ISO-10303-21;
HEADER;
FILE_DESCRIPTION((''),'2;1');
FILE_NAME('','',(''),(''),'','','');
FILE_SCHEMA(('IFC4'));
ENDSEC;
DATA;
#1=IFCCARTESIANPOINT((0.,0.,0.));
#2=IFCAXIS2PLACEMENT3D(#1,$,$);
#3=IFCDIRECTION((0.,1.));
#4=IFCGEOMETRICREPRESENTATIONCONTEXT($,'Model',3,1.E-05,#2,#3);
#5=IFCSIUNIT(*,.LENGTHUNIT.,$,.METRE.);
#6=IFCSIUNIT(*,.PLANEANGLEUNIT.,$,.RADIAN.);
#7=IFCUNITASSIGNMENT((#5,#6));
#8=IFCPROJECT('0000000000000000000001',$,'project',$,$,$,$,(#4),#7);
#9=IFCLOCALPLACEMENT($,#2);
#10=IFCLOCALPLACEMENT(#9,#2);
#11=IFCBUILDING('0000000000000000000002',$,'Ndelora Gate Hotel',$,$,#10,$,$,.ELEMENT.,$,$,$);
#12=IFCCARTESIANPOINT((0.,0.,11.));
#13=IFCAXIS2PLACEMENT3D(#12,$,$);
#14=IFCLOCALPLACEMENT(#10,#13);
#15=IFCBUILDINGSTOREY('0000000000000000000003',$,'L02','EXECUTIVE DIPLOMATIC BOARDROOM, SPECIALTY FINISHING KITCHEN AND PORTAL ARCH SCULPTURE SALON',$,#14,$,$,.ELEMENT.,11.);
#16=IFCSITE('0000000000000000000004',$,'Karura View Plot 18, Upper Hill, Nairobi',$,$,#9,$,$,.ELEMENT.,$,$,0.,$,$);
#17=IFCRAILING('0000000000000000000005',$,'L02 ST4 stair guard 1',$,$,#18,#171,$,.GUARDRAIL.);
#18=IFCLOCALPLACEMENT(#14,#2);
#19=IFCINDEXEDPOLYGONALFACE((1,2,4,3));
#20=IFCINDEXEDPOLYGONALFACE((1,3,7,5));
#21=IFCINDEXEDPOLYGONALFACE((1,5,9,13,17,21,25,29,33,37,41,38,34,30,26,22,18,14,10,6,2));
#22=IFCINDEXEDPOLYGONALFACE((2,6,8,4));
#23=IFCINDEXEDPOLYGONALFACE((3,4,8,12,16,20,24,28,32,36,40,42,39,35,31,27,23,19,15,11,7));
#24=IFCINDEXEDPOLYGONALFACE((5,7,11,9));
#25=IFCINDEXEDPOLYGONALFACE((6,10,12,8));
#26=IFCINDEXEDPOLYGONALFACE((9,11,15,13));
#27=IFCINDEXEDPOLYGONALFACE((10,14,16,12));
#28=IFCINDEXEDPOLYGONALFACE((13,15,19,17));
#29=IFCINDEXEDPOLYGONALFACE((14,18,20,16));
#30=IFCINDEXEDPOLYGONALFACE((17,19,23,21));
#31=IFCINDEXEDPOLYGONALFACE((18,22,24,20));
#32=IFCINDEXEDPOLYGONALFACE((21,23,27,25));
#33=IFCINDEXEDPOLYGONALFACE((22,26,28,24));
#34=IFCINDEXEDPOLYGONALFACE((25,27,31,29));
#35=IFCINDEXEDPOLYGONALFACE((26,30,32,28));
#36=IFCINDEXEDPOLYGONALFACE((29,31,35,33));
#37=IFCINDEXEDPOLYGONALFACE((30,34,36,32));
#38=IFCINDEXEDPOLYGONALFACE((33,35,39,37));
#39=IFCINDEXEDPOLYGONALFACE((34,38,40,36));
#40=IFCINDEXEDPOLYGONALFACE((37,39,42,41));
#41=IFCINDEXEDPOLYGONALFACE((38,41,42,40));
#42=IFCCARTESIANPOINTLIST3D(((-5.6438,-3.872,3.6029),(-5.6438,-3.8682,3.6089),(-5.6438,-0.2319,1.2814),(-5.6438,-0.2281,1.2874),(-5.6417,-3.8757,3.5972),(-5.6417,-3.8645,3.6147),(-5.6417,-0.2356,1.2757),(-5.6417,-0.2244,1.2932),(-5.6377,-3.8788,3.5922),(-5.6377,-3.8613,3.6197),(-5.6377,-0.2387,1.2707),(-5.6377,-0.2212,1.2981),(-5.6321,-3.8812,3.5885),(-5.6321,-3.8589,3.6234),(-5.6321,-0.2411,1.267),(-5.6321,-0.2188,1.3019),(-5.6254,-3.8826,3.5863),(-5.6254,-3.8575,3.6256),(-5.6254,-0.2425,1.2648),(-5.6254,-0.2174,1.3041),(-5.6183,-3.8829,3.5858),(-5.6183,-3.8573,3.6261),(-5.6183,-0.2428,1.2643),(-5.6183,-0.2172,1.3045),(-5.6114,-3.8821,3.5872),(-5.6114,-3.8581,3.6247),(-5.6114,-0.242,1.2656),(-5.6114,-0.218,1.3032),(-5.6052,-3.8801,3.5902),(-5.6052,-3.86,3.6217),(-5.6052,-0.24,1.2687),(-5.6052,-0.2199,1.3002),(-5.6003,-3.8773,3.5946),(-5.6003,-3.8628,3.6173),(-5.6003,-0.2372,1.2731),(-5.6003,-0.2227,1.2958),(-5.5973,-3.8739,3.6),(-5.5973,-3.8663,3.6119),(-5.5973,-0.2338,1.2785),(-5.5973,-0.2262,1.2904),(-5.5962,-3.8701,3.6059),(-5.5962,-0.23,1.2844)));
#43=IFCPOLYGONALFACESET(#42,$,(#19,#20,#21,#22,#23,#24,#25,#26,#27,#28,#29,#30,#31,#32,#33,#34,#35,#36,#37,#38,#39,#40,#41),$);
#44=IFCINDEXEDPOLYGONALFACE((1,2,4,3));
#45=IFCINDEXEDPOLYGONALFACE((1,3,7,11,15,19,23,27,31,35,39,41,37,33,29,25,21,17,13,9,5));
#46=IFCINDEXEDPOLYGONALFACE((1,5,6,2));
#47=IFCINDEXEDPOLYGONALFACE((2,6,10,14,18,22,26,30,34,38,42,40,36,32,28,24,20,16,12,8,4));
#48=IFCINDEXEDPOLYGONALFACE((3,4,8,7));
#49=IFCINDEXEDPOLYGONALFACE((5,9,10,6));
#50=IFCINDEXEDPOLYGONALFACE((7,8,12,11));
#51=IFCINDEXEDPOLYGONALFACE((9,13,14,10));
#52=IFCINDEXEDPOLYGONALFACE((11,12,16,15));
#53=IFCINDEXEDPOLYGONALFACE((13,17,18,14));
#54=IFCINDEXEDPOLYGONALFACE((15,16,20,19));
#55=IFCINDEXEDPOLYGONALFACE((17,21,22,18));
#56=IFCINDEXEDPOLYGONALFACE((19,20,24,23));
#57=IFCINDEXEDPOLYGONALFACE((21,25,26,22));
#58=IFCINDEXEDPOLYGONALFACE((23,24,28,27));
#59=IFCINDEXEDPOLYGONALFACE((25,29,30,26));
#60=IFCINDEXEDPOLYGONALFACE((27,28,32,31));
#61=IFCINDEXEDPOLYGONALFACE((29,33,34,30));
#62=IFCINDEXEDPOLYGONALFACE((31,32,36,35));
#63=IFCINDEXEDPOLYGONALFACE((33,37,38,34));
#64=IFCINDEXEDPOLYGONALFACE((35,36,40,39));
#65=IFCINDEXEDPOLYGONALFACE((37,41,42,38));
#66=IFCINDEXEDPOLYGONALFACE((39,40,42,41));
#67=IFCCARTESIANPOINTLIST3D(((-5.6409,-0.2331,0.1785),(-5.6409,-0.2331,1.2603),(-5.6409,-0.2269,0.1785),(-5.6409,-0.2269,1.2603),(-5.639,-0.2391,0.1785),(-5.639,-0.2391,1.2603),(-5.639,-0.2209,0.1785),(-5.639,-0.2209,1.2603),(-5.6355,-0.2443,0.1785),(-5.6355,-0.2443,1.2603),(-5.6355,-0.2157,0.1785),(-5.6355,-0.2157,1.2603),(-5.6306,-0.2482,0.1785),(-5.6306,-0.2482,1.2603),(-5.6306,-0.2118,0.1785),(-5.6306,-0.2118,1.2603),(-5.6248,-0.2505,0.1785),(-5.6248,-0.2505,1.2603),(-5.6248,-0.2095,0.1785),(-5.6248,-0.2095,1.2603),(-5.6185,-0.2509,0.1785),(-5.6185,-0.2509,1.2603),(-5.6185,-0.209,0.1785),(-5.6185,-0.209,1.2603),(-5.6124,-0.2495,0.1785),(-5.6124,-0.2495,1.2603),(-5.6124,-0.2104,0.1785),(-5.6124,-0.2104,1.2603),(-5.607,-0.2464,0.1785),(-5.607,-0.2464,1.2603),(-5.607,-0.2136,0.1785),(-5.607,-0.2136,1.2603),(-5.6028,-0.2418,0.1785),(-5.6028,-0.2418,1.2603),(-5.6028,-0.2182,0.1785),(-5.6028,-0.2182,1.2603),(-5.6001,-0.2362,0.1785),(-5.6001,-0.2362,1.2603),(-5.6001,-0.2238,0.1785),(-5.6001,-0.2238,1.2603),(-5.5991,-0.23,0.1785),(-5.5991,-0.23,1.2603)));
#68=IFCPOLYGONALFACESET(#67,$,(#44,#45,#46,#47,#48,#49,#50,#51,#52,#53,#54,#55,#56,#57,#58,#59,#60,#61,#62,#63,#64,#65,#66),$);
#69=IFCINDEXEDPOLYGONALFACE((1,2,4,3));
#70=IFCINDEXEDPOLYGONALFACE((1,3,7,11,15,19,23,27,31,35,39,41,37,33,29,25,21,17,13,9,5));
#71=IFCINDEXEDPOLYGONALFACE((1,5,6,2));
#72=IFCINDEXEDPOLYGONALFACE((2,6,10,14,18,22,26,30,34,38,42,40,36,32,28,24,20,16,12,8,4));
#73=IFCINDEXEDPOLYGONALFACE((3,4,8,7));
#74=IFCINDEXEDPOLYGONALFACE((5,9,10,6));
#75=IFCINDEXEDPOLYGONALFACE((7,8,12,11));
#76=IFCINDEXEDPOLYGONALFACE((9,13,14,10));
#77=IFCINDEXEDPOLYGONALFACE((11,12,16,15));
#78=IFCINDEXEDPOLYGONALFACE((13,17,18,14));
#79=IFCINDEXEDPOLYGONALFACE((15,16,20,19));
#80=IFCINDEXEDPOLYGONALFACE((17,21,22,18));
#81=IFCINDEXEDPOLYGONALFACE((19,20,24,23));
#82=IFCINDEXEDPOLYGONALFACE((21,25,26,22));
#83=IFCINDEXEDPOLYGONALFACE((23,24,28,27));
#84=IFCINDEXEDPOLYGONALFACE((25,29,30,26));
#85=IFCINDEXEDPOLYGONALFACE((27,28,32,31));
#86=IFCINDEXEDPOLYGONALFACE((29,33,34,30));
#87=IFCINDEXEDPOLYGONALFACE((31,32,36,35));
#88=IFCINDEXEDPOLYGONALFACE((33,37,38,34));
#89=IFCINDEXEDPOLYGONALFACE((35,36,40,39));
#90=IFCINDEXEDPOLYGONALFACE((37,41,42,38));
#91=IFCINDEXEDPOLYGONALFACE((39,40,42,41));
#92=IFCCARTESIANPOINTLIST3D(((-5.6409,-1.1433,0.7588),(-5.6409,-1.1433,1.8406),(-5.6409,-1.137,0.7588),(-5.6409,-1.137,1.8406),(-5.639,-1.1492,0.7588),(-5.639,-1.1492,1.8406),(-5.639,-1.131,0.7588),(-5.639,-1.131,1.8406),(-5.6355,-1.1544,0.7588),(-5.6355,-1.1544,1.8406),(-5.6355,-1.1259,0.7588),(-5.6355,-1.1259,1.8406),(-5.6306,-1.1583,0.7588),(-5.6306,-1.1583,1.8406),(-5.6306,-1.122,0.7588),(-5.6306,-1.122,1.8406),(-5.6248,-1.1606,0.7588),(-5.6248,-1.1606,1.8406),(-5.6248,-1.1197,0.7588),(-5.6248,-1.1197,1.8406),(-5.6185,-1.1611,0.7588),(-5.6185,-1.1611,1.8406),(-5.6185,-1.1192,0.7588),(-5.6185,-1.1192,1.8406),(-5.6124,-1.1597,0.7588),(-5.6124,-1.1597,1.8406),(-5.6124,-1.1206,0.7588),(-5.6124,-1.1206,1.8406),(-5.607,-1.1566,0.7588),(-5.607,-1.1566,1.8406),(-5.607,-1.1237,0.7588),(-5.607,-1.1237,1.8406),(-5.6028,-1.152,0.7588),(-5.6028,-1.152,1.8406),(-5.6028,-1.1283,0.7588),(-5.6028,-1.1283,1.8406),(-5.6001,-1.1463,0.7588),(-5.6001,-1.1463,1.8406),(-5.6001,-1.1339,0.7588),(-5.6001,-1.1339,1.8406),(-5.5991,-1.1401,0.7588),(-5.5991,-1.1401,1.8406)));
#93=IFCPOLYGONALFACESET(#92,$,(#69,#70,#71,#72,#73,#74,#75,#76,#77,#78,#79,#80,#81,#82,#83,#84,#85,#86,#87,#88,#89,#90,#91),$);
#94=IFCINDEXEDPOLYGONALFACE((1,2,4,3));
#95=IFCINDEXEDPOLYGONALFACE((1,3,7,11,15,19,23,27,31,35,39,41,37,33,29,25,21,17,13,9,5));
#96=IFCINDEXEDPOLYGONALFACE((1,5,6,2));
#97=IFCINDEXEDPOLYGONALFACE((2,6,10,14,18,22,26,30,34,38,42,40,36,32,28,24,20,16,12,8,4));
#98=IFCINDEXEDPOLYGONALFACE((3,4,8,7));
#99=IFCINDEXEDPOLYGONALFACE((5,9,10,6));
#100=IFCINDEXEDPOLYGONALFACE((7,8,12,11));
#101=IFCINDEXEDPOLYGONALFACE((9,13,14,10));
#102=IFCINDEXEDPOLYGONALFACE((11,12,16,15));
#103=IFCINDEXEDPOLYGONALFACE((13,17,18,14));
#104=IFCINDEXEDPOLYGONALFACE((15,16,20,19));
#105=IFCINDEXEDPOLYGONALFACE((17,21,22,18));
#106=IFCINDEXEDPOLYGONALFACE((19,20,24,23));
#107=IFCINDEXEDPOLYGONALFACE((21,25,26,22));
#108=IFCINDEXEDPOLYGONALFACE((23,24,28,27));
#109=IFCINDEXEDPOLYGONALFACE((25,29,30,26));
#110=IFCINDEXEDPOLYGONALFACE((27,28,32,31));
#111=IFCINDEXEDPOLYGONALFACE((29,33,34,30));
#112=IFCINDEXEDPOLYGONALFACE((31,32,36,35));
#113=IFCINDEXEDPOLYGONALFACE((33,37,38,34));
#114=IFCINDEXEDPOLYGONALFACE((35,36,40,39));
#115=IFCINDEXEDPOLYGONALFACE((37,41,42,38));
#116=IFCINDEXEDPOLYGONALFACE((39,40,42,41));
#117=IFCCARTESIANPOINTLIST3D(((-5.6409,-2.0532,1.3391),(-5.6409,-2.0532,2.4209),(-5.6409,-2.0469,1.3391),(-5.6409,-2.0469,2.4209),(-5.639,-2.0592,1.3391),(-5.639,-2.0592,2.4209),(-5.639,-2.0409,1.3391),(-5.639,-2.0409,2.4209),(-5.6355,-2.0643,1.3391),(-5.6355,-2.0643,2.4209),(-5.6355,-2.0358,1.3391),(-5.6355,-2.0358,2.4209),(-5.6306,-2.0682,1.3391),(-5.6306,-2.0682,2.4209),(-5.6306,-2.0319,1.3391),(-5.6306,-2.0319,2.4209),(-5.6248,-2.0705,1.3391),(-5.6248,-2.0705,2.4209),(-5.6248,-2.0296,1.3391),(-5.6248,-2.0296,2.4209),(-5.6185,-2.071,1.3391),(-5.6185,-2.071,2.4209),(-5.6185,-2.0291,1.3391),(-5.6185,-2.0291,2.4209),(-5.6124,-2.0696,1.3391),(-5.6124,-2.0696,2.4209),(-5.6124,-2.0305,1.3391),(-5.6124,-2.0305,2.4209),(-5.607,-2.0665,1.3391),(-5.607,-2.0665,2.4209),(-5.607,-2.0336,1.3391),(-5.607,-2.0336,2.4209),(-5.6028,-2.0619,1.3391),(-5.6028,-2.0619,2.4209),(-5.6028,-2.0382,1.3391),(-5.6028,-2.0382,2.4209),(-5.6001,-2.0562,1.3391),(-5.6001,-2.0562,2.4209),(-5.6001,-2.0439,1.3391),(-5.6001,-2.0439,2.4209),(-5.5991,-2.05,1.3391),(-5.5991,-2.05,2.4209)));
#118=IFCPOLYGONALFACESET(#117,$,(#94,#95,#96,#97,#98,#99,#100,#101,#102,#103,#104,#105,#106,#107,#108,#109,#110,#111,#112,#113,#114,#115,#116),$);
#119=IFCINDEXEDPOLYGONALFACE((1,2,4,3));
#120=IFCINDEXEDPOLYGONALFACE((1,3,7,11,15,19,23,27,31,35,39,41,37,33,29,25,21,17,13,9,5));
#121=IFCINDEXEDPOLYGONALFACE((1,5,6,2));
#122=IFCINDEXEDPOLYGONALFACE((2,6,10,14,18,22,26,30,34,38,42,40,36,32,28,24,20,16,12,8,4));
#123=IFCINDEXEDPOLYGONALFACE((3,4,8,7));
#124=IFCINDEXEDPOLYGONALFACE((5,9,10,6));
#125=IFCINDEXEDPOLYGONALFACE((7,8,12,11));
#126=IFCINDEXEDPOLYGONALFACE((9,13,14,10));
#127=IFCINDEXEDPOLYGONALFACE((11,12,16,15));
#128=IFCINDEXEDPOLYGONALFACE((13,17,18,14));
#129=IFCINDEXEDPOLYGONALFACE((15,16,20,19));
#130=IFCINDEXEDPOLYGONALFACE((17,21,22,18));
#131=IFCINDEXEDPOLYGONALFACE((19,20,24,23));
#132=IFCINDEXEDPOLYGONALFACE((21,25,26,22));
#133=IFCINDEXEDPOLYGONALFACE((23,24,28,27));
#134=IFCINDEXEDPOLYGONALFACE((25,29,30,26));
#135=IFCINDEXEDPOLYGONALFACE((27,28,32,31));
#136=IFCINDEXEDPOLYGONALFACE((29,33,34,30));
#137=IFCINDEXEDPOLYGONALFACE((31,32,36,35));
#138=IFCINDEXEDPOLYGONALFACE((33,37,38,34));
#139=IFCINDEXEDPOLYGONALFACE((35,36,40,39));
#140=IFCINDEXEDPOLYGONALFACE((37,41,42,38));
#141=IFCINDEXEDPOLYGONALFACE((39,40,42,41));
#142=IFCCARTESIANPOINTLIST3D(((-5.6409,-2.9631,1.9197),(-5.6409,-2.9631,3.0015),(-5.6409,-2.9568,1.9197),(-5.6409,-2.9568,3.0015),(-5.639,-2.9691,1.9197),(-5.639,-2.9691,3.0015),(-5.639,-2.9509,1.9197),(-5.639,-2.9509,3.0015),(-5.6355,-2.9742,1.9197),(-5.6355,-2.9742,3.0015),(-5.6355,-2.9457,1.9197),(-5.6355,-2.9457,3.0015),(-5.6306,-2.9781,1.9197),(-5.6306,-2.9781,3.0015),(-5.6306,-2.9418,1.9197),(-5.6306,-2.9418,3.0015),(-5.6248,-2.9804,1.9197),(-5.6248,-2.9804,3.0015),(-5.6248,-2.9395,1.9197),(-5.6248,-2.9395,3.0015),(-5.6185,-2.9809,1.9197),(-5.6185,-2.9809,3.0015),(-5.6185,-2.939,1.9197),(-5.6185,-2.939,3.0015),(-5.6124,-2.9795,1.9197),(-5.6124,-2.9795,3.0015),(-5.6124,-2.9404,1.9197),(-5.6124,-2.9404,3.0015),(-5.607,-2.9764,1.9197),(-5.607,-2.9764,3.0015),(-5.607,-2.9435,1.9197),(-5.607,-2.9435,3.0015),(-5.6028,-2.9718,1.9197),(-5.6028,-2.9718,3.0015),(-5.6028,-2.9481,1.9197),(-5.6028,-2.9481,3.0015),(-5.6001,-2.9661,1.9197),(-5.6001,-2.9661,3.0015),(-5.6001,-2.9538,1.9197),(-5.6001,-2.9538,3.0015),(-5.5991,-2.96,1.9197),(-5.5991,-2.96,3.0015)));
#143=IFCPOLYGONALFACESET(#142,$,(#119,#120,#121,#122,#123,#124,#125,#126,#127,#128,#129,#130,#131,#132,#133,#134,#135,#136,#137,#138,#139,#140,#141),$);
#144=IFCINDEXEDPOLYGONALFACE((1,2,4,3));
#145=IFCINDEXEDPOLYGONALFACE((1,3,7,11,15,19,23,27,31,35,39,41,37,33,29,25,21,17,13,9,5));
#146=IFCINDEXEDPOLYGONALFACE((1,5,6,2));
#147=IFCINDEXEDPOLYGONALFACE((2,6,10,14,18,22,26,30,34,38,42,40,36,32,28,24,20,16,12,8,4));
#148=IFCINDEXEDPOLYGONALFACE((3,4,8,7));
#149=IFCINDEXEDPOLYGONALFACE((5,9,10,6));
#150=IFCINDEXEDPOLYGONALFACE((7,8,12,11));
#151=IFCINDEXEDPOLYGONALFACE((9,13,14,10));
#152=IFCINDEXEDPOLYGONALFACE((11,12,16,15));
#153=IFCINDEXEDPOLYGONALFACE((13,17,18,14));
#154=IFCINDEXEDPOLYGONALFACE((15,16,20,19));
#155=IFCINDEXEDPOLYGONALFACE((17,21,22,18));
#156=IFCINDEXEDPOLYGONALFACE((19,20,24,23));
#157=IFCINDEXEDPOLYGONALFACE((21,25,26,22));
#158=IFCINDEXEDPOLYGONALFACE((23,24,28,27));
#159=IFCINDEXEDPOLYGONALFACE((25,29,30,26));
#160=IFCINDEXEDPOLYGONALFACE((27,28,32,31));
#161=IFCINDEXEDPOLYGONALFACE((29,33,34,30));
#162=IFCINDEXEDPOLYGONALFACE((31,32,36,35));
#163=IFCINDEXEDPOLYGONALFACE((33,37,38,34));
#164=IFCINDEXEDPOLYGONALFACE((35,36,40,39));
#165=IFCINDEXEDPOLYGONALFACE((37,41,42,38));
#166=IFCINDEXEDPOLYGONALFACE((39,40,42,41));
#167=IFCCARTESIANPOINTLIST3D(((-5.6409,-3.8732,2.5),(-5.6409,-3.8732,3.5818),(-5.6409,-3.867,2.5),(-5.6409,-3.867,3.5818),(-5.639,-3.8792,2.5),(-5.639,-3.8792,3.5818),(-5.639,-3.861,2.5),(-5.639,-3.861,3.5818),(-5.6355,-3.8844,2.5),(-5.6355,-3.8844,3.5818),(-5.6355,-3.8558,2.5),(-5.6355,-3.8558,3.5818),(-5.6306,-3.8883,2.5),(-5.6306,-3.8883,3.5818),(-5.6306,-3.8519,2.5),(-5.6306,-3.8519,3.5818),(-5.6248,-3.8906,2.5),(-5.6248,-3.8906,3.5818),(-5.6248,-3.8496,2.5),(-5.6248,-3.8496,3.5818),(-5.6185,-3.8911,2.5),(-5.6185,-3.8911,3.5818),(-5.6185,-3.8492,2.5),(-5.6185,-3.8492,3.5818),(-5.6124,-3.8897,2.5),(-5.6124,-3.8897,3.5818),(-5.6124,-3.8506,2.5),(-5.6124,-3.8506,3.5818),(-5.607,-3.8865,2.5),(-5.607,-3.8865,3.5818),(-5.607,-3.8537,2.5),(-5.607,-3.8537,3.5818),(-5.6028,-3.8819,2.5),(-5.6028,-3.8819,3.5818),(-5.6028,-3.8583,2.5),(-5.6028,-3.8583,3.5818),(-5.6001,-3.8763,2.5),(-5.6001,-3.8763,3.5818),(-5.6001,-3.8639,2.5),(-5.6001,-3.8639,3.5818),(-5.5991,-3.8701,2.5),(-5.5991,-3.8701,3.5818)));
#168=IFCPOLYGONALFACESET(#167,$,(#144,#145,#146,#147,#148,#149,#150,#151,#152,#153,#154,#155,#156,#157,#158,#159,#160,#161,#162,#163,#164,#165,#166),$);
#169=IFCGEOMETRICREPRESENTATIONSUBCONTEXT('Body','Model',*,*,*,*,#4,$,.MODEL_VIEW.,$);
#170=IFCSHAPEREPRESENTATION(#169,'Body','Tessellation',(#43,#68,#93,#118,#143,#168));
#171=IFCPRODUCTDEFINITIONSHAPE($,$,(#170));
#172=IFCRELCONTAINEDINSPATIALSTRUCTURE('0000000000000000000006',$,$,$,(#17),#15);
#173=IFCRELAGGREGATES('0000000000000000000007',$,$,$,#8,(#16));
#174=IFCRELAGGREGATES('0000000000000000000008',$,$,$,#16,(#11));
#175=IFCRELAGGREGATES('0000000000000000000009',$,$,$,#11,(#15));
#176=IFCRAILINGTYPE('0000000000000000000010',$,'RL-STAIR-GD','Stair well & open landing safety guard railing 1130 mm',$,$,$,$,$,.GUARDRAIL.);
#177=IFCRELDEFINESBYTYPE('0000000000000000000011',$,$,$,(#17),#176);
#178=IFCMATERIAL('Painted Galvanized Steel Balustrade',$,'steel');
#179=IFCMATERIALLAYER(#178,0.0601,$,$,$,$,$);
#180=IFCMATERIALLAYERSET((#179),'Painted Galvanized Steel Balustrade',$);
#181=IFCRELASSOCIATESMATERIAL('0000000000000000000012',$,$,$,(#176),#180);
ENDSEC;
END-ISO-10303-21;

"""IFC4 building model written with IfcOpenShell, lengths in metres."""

from ifc_helpers import new_model, si_unit, direction, frame, origin, origin_2d, place, context, subcontext, project, spatial, circle, extrude, material, layer, layer_set, type_object, element, save


model = new_model("IFC4")

# Units and contexts
model_context = context("Model", 3, precision=1e-05, world=origin(), true_north=direction((0.0, 1.0)))
body_context = subcontext(model_context, "Body", "Model", "MODEL_VIEW")
ifc_project = project(units=[si_unit("LENGTHUNIT", "METRE"), si_unit("PLANEANGLEUNIT", "RADIAN")], contexts=[model_context])

# Site, building, storey
site_placement = place(None, origin())
site = spatial("IfcSite", under=ifc_project, at=site_placement, Name="Karura View Plot 18, Upper Hill, Nairobi", CompositionType="ELEMENT", RefElevation=0.0)
building_placement = place(site_placement, origin())
building = spatial("IfcBuilding", under=site, at=building_placement, Name="Ndelora Gate Hotel", CompositionType="ELEMENT")
storey_placement = place(building_placement, frame((0.0, 0.0, 11.0)))
storey = spatial("IfcBuildingStorey", under=building, at=storey_placement, Name="L02", Description="EXECUTIVE DIPLOMATIC BOARDROOM, SPECIALTY FINISHING KITCHEN AND PORTAL ARCH SCULPTURE SALON", CompositionType="ELEMENT", Elevation=11.0)

# Railing
ifc_material_1 = material(Name="Painted Galvanized Steel Balustrade", Category="steel")
ifc_layer_1 = layer(ifc_material_1, 0.0601)
ifc_layer_set_1 = layer_set([ifc_layer_1], Name="Painted Galvanized Steel Balustrade")
railing_type_1 = type_object("IfcRailingType", Name="RL-STAIR-GD", Description="Stair well & open landing safety guard railing 1130 mm", PredefinedType="GUARDRAIL", material=ifc_layer_set_1)
railing_1_placement = place(storey_placement, frame((-5.6201, -0.23, 0.1785)))
element("IfcRailing", 1, at=railing_1_placement, inside=storey, type_object=railing_type_1, Name="L02 ST4 stair guard 1", PredefinedType="GUARDRAIL", context=body_context, shape_type="SweptSolid", body=[
    extrude(circle(Radius=0.0239, at=origin_2d()), frame((0.0, 0.0, 1.106), z_axis=(0.0, -0.843128, 0.537713), x_axis=(1.0, 0.0, 0.0)), (0.0, 0.0, 1.0), 4.3174),
    extrude(circle(Radius=0.021, at=origin_2d()), origin(), (0.0, 0.0, 1.0), 1.0818),
    extrude(circle(Radius=0.021, at=origin_2d()), frame((0.0, -0.9102, 0.5803)), (0.0, 0.0, 1.0), 1.0818),
    extrude(circle(Radius=0.021, at=origin_2d()), frame((0.0, -1.8201, 1.1606)), (0.0, 0.0, 1.0), 1.0818),
    extrude(circle(Radius=0.021, at=origin_2d()), frame((0.0, -2.73, 1.7412)), (0.0, 0.0, 1.0), 1.0818),
    extrude(circle(Radius=0.021, at=origin_2d()), frame((0.0, -3.6401, 2.3215)), (0.0, 0.0, 1.0), 1.0818),
])

save(model, "model.ifc")
